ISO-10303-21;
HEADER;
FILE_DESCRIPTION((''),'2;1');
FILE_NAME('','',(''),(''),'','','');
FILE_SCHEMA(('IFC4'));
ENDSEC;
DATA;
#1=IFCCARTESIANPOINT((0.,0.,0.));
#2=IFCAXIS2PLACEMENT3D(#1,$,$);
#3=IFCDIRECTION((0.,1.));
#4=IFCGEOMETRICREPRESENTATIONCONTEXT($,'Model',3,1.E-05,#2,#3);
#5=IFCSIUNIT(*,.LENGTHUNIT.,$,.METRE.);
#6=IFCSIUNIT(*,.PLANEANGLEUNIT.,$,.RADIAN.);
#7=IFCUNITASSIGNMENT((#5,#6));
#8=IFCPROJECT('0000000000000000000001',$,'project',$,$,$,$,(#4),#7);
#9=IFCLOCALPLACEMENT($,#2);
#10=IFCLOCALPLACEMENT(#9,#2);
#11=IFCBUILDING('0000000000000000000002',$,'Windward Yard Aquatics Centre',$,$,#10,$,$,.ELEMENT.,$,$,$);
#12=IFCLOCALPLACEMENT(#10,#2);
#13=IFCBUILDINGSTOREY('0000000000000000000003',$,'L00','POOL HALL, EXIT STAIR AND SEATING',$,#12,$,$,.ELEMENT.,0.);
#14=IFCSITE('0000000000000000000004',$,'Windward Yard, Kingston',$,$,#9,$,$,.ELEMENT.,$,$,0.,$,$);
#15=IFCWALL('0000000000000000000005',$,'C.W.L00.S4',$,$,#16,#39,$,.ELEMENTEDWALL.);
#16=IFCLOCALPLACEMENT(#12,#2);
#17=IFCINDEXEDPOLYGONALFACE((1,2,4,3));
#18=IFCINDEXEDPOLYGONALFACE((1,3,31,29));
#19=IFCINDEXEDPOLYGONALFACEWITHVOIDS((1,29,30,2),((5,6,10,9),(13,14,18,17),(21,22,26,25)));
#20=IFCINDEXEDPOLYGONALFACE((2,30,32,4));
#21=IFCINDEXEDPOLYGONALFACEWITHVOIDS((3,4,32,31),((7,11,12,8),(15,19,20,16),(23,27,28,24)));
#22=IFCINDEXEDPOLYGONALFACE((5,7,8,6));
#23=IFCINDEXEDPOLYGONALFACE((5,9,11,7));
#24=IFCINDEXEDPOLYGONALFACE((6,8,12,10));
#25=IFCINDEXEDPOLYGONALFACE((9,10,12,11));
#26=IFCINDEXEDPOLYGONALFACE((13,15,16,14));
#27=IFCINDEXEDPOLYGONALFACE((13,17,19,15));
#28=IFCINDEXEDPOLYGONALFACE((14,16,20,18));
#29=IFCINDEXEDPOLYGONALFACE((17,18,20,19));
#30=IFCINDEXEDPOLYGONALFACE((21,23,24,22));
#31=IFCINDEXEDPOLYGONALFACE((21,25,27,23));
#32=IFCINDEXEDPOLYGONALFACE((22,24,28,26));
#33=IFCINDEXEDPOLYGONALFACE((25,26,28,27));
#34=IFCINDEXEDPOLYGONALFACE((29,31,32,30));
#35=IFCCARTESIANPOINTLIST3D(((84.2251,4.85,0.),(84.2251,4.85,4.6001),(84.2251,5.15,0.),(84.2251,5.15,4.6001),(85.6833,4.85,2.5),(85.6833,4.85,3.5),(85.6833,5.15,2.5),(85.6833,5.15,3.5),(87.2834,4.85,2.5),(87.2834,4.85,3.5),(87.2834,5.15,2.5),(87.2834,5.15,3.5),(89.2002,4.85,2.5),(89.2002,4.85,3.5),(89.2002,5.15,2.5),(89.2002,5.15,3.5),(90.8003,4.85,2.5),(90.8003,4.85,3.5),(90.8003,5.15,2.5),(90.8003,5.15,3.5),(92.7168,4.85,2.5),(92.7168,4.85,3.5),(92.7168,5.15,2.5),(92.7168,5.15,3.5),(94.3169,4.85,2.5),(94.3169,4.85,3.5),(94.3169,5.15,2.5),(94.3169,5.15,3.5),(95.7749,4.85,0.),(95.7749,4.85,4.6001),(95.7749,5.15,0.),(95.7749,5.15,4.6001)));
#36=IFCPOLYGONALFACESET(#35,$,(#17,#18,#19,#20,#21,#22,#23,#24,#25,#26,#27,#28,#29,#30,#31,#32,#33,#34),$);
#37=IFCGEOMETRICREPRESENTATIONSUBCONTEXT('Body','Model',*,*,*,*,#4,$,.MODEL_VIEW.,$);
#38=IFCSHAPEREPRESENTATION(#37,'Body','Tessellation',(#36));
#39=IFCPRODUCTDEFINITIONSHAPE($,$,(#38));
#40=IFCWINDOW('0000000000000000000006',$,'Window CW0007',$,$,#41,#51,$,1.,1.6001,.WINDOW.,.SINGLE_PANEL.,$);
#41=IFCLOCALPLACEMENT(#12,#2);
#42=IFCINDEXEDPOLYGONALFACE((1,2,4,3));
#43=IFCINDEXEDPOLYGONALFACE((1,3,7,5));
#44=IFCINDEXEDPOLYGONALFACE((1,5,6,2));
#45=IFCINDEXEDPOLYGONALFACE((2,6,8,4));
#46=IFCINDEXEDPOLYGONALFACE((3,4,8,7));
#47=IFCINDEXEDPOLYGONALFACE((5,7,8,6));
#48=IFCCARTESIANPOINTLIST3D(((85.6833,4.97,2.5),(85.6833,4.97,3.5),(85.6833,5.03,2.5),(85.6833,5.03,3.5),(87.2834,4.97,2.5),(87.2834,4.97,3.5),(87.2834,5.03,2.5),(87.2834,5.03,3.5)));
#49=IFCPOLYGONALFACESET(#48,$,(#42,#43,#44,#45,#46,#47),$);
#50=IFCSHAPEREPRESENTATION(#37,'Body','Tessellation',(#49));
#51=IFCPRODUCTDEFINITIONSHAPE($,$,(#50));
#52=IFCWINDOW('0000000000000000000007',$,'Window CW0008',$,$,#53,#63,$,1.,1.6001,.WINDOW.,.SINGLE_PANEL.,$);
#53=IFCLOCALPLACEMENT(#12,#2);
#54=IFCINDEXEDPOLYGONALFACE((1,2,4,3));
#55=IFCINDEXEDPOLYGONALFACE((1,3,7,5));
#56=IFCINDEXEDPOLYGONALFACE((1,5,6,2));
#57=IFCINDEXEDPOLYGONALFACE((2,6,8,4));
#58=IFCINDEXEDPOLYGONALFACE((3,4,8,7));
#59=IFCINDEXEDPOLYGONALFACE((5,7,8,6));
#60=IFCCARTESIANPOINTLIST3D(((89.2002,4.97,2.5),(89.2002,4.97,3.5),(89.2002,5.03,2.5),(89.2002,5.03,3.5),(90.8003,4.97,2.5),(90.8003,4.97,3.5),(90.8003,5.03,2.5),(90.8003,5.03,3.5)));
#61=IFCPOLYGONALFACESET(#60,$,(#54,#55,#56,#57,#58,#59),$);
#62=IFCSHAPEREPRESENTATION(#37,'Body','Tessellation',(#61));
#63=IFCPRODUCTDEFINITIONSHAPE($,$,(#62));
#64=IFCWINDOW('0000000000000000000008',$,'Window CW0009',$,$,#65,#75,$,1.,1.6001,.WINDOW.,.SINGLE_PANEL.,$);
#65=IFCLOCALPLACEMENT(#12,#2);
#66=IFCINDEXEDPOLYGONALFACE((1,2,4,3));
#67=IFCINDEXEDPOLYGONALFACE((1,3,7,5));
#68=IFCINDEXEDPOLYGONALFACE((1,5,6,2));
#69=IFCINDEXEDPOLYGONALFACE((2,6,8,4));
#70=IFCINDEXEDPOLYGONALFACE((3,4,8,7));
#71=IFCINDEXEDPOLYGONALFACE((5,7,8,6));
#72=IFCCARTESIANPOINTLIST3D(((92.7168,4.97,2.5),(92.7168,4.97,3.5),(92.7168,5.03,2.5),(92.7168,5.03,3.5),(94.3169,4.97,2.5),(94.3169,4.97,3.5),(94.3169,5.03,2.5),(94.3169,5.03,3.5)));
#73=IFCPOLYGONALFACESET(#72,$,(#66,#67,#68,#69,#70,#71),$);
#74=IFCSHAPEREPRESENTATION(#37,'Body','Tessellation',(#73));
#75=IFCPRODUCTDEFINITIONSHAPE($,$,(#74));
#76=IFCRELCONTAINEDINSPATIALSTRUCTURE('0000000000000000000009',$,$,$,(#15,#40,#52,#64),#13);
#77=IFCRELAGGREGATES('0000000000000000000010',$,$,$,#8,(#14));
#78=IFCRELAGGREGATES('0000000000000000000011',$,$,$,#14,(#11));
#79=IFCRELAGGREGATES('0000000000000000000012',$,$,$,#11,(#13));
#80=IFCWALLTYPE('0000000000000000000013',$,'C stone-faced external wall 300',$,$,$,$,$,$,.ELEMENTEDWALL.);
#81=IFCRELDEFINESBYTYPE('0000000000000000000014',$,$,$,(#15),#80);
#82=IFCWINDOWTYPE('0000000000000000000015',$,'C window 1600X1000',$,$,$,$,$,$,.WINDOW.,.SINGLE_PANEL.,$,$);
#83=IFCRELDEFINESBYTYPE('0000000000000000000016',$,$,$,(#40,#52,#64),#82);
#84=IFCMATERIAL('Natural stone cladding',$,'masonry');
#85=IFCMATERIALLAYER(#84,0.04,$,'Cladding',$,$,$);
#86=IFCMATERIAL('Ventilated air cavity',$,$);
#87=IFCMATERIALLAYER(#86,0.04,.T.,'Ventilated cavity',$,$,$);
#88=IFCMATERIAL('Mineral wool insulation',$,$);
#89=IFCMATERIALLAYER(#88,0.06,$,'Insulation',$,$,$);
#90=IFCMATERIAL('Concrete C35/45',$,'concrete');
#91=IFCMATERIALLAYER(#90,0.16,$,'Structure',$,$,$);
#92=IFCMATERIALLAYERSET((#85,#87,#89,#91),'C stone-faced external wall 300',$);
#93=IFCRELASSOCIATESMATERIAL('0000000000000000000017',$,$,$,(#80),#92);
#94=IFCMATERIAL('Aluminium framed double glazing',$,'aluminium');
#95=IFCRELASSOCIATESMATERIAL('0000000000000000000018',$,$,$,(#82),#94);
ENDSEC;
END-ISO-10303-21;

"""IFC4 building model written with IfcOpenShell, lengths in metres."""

from ifc_helpers import new_model, si_unit, direction, frame, frame_2d, origin, place, context, subcontext, project, spatial, rectangle, extrude, material, layer, layer_set, type_object, element, fill, save


model = new_model("IFC4")

# Units and contexts
model_context = context("Model", 3, precision=1e-05, world=origin(), true_north=direction((0.0, 1.0)))
body_context = subcontext(model_context, "Body", "Model", "MODEL_VIEW")
ifc_project = project(units=[si_unit("LENGTHUNIT", "METRE"), si_unit("PLANEANGLEUNIT", "RADIAN")], contexts=[model_context])

# Site, building, storey
site_placement = place(None, origin())
site = spatial("IfcSite", under=ifc_project, at=site_placement, Name="Windward Yard, Kingston", CompositionType="ELEMENT", RefElevation=0.0)
building_placement = place(site_placement, origin())
building = spatial("IfcBuilding", under=site, at=building_placement, Name="Windward Yard Aquatics Centre", CompositionType="ELEMENT")
storey_placement = place(building_placement, origin())
storey = spatial("IfcBuildingStorey", under=building, at=storey_placement, Name="L00", Description="POOL HALL, EXIT STAIR AND SEATING", CompositionType="ELEMENT", Elevation=0.0)

# Shared definitions
ifc_material_1 = material(Name="Concrete C35/45", Category="concrete")

# Wall, openings, windows
ifc_material_2 = material(Name="Natural stone cladding", Category="masonry")
ifc_layer_1 = layer(ifc_material_2, 0.04, Name="Cladding")
ifc_material_3 = material(Name="Ventilated air cavity")
ifc_layer_2 = layer(ifc_material_3, 0.04, ventilated=True, Name="Ventilated cavity")
ifc_material_4 = material(Name="Mineral wool insulation")
ifc_layer_3 = layer(ifc_material_4, 0.06, Name="Insulation")
ifc_layer_4 = layer(ifc_material_1, 0.16, Name="Structure")
ifc_layer_set_1 = layer_set([ifc_layer_1, ifc_layer_2, ifc_layer_3, ifc_layer_4], Name="C stone-faced external wall 300")
wall_type_1 = type_object("IfcWallType", Name="C stone-faced external wall 300", PredefinedType="ELEMENTEDWALL", material=ifc_layer_set_1)
wall_1_placement = place(storey_placement, frame((84.2251, 5.0, 0.0), z_axis=(0.0, 0.0, 1.0), x_axis=(1.0, 0.0, 0.0)))
wall_1 = element("IfcWall", 1, at=wall_1_placement, inside=storey, type_object=wall_type_1, Name="C.W.L00.S4", PredefinedType="ELEMENTEDWALL", context=body_context, shape_type="SweptSolid", body=[
    extrude(rectangle(XDim=11.5498, YDim=0.3, at=frame_2d((5.7749, 0.0))), origin(), (0.0, 0.0, 1.0), 4.6001),
])
opening_1_placement = place(wall_1_placement, frame((1.4583, 0.0, 2.5)))
opening_1 = element("IfcOpeningElement", 2, at=opening_1_placement, cuts=wall_1, PredefinedType="OPENING", context=body_context, shape_type="SweptSolid", body=[
    extrude(rectangle(XDim=1.6001, YDim=1.0, at=frame_2d((0.8, 0.5))), frame((0.0, 0.1602, 0.0), z_axis=(0.0, -1.0, 0.0), x_axis=(1.0, 0.0, 0.0)), (0.0, 0.0, 1.0), 0.3201),
])
opening_2_placement = place(wall_1_placement, frame((4.9751, 0.0, 2.5)))
opening_2 = element("IfcOpeningElement", 3, at=opening_2_placement, cuts=wall_1, PredefinedType="OPENING", context=body_context, shape_type="SweptSolid", body=[
    extrude(rectangle(XDim=1.6001, YDim=1.0, at=frame_2d((0.8, 0.5))), frame((0.0, 0.1602, 0.0), z_axis=(0.0, -1.0, 0.0), x_axis=(1.0, 0.0, 0.0)), (0.0, 0.0, 1.0), 0.3201),
])
opening_3_placement = place(wall_1_placement, frame((8.4917, 0.0, 2.5)))
opening_3 = element("IfcOpeningElement", 4, at=opening_3_placement, cuts=wall_1, PredefinedType="OPENING", context=body_context, shape_type="SweptSolid", body=[
    extrude(rectangle(XDim=1.6001, YDim=1.0, at=frame_2d((0.8, 0.5))), frame((0.0, 0.1602, 0.0), z_axis=(0.0, -1.0, 0.0), x_axis=(1.0, 0.0, 0.0)), (0.0, 0.0, 1.0), 0.3201),
])
ifc_material_5 = material(Name="Aluminium framed double glazing", Category="aluminium")
window_type = type_object("IfcWindowType", Name="C window 1600X1000", PartitioningType="SINGLE_PANEL", PredefinedType="WINDOW", material=ifc_material_5)
window_1_placement = place(opening_1_placement, origin())
window_1 = element("IfcWindow", 5, at=window_1_placement, inside=storey, type_object=window_type, Name="Window CW0007", OverallHeight=1.0, OverallWidth=1.6001, PartitioningType="SINGLE_PANEL", PredefinedType="WINDOW", context=body_context, shape_type="SweptSolid", body=[
    extrude(rectangle(XDim=1.6001, YDim=1.0, at=frame_2d((0.8, 0.5))), frame((0.0, 0.03, 0.0), z_axis=(0.0, -1.0, 0.0), x_axis=(1.0, 0.0, 0.0)), (0.0, 0.0, 1.0), 0.0601),
])
fill(opening_1, window_1)
window_2_placement = place(opening_2_placement, origin())
window_2 = element("IfcWindow", 6, at=window_2_placement, inside=storey, type_object=window_type, Name="Window CW0008", OverallHeight=1.0, OverallWidth=1.6001, PartitioningType="SINGLE_PANEL", PredefinedType="WINDOW", context=body_context, shape_type="SweptSolid", body=[
    extrude(rectangle(XDim=1.6001, YDim=1.0, at=frame_2d((0.8, 0.5))), frame((0.0, 0.03, 0.0), z_axis=(0.0, -1.0, 0.0), x_axis=(1.0, 0.0, 0.0)), (0.0, 0.0, 1.0), 0.0601),
])
fill(opening_2, window_2)
window_3_placement = place(opening_3_placement, origin())
window_3 = element("IfcWindow", 7, at=window_3_placement, inside=storey, type_object=window_type, Name="Window CW0009", OverallHeight=1.0, OverallWidth=1.6001, PartitioningType="SINGLE_PANEL", PredefinedType="WINDOW", context=body_context, shape_type="SweptSolid", body=[
    extrude(rectangle(XDim=1.6001, YDim=1.0, at=frame_2d((0.8, 0.5))), frame((0.0, 0.03, 0.0), z_axis=(0.0, -1.0, 0.0), x_axis=(1.0, 0.0, 0.0)), (0.0, 0.0, 1.0), 0.0601),
])
fill(opening_3, window_3)

save(model, "model.ifc")
